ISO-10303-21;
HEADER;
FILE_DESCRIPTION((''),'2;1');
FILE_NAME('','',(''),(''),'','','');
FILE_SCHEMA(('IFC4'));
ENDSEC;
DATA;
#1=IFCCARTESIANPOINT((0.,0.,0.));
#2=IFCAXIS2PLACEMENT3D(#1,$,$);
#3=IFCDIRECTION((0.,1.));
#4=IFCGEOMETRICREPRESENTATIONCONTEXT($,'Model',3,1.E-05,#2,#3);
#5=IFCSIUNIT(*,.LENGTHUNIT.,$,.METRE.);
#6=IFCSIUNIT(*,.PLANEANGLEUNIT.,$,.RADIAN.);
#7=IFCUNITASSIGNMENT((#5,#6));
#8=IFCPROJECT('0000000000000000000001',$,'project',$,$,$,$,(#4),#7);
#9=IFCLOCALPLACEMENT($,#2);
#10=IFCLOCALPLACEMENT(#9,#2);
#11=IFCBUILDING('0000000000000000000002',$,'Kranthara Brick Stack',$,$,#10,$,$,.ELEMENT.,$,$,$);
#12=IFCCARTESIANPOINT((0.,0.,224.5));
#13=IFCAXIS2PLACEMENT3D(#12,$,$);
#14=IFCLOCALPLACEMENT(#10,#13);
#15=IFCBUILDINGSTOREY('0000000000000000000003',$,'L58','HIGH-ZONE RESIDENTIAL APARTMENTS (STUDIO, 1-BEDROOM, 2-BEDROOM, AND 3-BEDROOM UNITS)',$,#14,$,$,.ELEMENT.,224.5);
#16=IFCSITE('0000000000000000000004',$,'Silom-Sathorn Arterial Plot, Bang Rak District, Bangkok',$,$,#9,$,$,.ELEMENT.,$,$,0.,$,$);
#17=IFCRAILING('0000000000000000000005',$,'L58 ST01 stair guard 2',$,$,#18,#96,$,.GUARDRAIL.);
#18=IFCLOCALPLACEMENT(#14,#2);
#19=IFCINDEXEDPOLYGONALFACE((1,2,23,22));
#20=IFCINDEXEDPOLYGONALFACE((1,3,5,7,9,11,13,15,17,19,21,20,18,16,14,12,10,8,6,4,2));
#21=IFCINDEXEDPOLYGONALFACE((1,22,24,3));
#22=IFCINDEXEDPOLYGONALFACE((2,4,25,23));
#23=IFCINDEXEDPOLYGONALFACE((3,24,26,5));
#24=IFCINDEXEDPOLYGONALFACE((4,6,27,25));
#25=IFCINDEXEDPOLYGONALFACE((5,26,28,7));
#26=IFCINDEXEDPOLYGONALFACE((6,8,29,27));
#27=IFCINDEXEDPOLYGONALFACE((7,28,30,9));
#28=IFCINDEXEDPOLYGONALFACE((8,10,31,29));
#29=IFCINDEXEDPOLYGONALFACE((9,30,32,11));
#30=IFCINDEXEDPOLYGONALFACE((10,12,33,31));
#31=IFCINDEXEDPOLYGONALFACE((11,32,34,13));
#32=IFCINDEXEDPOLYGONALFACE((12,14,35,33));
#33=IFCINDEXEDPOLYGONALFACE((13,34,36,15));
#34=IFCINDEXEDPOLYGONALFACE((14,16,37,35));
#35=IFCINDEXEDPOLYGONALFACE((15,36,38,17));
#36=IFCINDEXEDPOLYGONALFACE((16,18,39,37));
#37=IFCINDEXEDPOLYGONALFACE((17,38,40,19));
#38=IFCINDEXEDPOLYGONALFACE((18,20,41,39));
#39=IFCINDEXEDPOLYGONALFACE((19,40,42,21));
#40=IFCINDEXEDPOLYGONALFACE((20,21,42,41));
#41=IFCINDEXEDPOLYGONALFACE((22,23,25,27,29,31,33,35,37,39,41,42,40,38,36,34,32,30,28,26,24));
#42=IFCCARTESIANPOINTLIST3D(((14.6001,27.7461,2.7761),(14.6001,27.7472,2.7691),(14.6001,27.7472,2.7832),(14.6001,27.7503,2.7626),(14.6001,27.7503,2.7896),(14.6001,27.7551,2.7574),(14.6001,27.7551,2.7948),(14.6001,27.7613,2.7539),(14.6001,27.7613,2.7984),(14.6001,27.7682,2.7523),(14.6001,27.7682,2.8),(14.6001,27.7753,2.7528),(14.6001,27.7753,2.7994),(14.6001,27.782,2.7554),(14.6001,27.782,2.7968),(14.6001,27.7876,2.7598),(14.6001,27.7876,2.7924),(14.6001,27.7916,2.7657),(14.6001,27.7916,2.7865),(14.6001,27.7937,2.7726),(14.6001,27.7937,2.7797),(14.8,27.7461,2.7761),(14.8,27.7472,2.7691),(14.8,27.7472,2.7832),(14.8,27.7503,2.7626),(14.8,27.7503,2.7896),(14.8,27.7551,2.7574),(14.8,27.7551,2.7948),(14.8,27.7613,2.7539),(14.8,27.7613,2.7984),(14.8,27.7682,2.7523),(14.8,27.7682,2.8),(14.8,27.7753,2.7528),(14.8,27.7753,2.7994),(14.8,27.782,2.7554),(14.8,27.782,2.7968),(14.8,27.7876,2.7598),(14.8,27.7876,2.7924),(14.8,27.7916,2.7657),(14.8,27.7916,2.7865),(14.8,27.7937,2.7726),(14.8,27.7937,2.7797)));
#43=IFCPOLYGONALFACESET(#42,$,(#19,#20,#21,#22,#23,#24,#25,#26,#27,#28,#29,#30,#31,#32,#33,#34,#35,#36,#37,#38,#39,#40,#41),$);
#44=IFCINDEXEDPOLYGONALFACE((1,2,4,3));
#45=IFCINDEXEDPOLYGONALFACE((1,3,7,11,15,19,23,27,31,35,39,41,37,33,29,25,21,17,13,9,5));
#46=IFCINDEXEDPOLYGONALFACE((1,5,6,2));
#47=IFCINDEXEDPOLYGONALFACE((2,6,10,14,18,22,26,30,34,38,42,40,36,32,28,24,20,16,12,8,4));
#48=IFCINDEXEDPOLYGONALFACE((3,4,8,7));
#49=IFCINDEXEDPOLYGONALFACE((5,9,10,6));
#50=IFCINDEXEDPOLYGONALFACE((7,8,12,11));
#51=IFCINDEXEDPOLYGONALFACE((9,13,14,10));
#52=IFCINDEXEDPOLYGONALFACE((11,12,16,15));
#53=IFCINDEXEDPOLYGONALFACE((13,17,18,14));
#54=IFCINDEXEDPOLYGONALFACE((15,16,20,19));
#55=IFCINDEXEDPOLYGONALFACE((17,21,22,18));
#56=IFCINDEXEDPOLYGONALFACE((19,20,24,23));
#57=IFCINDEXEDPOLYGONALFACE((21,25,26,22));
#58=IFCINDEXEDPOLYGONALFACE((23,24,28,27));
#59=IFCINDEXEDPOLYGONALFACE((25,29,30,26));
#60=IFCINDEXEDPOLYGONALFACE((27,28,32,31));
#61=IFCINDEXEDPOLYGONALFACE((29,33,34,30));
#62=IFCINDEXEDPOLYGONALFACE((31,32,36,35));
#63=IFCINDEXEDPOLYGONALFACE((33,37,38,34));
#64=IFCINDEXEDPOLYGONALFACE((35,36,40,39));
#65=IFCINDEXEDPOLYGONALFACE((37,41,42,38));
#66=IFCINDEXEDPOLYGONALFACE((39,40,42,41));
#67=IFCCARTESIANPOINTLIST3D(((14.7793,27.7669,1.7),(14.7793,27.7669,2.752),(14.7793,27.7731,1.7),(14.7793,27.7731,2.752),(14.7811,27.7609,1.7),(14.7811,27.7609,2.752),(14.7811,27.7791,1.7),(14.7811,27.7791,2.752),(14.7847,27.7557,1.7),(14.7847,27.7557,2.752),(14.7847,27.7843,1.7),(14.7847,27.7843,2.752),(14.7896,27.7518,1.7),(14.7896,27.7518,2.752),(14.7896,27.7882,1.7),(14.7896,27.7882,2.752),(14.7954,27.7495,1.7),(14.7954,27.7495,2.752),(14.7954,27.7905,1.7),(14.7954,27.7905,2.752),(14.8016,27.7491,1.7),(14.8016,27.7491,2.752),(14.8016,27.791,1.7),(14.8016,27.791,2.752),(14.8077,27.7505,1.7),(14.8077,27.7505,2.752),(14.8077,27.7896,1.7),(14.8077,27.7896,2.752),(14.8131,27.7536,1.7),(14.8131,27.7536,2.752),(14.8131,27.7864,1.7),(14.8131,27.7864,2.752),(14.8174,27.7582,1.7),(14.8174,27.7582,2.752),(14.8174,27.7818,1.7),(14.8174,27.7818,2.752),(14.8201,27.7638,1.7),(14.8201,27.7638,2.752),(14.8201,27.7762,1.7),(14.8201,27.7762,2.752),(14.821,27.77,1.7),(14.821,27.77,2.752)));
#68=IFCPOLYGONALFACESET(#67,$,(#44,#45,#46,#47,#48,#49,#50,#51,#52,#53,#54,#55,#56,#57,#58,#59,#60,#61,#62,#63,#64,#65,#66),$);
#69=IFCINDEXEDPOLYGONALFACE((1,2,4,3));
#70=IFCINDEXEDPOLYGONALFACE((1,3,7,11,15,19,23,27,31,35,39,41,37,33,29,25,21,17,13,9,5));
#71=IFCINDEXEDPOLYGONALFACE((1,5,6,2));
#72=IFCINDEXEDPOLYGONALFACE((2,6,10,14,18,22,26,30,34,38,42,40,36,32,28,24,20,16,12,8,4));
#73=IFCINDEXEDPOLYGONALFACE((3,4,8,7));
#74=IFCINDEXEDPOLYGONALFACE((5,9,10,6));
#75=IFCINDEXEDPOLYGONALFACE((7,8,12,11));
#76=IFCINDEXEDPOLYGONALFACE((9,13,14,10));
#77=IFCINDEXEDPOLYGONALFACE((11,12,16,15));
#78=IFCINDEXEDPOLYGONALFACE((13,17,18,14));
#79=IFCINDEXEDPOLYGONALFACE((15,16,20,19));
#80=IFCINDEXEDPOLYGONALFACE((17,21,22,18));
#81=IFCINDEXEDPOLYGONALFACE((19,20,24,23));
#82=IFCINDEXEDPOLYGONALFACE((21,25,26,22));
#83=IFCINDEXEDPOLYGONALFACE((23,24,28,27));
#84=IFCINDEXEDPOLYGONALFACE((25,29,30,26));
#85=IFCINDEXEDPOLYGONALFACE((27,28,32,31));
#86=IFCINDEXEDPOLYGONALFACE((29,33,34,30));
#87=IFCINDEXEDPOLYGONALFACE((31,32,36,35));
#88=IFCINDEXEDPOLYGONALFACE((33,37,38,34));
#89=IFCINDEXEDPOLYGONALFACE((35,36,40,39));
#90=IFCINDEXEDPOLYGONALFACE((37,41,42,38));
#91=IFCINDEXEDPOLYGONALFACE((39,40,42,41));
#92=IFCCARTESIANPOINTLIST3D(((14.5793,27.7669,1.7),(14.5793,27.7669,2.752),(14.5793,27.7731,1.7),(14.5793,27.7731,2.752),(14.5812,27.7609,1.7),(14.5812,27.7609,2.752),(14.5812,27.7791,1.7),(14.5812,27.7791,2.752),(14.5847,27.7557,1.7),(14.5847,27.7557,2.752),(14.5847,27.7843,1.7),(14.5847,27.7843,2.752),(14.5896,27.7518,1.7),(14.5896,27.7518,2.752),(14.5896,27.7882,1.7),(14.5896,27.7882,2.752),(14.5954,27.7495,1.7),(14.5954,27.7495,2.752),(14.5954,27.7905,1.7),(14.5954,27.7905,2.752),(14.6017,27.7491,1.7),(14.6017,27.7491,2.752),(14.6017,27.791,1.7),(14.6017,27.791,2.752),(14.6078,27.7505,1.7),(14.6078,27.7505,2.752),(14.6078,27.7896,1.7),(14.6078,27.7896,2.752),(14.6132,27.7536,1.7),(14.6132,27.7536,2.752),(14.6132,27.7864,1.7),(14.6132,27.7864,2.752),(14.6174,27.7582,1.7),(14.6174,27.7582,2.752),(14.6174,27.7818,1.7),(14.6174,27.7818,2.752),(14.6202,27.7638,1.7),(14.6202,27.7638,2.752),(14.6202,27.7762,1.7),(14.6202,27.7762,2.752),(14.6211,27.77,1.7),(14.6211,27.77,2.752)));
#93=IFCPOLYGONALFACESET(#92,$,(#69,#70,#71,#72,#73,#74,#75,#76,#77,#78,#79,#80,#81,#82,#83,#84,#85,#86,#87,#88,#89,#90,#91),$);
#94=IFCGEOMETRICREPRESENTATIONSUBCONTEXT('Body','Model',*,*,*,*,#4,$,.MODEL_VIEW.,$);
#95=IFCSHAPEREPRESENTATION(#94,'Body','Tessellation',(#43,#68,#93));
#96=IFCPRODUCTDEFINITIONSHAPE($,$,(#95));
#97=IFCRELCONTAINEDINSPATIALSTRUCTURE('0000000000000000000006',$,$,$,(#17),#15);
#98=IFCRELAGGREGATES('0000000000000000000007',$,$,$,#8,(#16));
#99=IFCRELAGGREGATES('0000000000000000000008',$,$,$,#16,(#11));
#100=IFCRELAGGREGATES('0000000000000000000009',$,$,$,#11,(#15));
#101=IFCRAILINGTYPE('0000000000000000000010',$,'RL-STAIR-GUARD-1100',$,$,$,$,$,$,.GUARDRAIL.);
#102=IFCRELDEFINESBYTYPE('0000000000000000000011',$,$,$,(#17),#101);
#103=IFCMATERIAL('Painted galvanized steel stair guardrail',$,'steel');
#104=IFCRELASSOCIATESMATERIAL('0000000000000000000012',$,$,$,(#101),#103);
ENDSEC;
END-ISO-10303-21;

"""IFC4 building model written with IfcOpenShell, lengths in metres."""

from ifc_helpers import new_model, si_unit, direction, frame, origin, origin_2d, place, context, subcontext, project, spatial, circle, extrude, material, type_object, element, save


model = new_model("IFC4")

# Units and contexts
model_context = context("Model", 3, precision=1e-05, world=origin(), true_north=direction((0.0, 1.0)))
body_context = subcontext(model_context, "Body", "Model", "MODEL_VIEW")
ifc_project = project(units=[si_unit("LENGTHUNIT", "METRE"), si_unit("PLANEANGLEUNIT", "RADIAN")], contexts=[model_context])

# Site, building, storey
site_placement = place(None, origin())
site = spatial("IfcSite", under=ifc_project, at=site_placement, Name="Silom-Sathorn Arterial Plot, Bang Rak District, Bangkok", CompositionType="ELEMENT", RefElevation=0.0)
building_placement = place(site_placement, origin())
building = spatial("IfcBuilding", under=site, at=building_placement, Name="Kranthara Brick Stack", CompositionType="ELEMENT")
storey_placement = place(building_placement, frame((0.0, 0.0, 224.5)))
storey = spatial("IfcBuildingStorey", under=building, at=storey_placement, Name="L58", Description="HIGH-ZONE RESIDENTIAL APARTMENTS (STUDIO, 1-BEDROOM, 2-BEDROOM, AND 3-BEDROOM UNITS)", CompositionType="ELEMENT", Elevation=224.5)

# Railing
ifc_material_1 = material(Name="Painted galvanized steel stair guardrail", Category="steel")
railing_type_1 = type_object("IfcRailingType", Name="RL-STAIR-GUARD-1100", PredefinedType="GUARDRAIL", material=ifc_material_1)
railing_1_placement = place(storey_placement, frame((14.8, 27.77, 1.7)))
element("IfcRailing", 1, at=railing_1_placement, inside=storey, type_object=railing_type_1, Name="L58 ST01 stair guard 2", PredefinedType="GUARDRAIL", context=body_context, shape_type="SweptSolid", body=[
    extrude(circle(Radius=0.0239, at=origin_2d()), frame((0.0, 0.0, 1.0762), z_axis=(-1.0, 0.0, 0.0), x_axis=(0.0, -1.0, 0.0)), (0.0, 0.0, 1.0), 0.2),
    extrude(circle(Radius=0.021, at=origin_2d()), origin(), (0.0, 0.0, 1.0), 1.052),
    extrude(circle(Radius=0.021, at=origin_2d()), frame((-0.2, 0.0, 0.0)), (0.0, 0.0, 1.0), 1.052),
])

save(model, "model.ifc")
